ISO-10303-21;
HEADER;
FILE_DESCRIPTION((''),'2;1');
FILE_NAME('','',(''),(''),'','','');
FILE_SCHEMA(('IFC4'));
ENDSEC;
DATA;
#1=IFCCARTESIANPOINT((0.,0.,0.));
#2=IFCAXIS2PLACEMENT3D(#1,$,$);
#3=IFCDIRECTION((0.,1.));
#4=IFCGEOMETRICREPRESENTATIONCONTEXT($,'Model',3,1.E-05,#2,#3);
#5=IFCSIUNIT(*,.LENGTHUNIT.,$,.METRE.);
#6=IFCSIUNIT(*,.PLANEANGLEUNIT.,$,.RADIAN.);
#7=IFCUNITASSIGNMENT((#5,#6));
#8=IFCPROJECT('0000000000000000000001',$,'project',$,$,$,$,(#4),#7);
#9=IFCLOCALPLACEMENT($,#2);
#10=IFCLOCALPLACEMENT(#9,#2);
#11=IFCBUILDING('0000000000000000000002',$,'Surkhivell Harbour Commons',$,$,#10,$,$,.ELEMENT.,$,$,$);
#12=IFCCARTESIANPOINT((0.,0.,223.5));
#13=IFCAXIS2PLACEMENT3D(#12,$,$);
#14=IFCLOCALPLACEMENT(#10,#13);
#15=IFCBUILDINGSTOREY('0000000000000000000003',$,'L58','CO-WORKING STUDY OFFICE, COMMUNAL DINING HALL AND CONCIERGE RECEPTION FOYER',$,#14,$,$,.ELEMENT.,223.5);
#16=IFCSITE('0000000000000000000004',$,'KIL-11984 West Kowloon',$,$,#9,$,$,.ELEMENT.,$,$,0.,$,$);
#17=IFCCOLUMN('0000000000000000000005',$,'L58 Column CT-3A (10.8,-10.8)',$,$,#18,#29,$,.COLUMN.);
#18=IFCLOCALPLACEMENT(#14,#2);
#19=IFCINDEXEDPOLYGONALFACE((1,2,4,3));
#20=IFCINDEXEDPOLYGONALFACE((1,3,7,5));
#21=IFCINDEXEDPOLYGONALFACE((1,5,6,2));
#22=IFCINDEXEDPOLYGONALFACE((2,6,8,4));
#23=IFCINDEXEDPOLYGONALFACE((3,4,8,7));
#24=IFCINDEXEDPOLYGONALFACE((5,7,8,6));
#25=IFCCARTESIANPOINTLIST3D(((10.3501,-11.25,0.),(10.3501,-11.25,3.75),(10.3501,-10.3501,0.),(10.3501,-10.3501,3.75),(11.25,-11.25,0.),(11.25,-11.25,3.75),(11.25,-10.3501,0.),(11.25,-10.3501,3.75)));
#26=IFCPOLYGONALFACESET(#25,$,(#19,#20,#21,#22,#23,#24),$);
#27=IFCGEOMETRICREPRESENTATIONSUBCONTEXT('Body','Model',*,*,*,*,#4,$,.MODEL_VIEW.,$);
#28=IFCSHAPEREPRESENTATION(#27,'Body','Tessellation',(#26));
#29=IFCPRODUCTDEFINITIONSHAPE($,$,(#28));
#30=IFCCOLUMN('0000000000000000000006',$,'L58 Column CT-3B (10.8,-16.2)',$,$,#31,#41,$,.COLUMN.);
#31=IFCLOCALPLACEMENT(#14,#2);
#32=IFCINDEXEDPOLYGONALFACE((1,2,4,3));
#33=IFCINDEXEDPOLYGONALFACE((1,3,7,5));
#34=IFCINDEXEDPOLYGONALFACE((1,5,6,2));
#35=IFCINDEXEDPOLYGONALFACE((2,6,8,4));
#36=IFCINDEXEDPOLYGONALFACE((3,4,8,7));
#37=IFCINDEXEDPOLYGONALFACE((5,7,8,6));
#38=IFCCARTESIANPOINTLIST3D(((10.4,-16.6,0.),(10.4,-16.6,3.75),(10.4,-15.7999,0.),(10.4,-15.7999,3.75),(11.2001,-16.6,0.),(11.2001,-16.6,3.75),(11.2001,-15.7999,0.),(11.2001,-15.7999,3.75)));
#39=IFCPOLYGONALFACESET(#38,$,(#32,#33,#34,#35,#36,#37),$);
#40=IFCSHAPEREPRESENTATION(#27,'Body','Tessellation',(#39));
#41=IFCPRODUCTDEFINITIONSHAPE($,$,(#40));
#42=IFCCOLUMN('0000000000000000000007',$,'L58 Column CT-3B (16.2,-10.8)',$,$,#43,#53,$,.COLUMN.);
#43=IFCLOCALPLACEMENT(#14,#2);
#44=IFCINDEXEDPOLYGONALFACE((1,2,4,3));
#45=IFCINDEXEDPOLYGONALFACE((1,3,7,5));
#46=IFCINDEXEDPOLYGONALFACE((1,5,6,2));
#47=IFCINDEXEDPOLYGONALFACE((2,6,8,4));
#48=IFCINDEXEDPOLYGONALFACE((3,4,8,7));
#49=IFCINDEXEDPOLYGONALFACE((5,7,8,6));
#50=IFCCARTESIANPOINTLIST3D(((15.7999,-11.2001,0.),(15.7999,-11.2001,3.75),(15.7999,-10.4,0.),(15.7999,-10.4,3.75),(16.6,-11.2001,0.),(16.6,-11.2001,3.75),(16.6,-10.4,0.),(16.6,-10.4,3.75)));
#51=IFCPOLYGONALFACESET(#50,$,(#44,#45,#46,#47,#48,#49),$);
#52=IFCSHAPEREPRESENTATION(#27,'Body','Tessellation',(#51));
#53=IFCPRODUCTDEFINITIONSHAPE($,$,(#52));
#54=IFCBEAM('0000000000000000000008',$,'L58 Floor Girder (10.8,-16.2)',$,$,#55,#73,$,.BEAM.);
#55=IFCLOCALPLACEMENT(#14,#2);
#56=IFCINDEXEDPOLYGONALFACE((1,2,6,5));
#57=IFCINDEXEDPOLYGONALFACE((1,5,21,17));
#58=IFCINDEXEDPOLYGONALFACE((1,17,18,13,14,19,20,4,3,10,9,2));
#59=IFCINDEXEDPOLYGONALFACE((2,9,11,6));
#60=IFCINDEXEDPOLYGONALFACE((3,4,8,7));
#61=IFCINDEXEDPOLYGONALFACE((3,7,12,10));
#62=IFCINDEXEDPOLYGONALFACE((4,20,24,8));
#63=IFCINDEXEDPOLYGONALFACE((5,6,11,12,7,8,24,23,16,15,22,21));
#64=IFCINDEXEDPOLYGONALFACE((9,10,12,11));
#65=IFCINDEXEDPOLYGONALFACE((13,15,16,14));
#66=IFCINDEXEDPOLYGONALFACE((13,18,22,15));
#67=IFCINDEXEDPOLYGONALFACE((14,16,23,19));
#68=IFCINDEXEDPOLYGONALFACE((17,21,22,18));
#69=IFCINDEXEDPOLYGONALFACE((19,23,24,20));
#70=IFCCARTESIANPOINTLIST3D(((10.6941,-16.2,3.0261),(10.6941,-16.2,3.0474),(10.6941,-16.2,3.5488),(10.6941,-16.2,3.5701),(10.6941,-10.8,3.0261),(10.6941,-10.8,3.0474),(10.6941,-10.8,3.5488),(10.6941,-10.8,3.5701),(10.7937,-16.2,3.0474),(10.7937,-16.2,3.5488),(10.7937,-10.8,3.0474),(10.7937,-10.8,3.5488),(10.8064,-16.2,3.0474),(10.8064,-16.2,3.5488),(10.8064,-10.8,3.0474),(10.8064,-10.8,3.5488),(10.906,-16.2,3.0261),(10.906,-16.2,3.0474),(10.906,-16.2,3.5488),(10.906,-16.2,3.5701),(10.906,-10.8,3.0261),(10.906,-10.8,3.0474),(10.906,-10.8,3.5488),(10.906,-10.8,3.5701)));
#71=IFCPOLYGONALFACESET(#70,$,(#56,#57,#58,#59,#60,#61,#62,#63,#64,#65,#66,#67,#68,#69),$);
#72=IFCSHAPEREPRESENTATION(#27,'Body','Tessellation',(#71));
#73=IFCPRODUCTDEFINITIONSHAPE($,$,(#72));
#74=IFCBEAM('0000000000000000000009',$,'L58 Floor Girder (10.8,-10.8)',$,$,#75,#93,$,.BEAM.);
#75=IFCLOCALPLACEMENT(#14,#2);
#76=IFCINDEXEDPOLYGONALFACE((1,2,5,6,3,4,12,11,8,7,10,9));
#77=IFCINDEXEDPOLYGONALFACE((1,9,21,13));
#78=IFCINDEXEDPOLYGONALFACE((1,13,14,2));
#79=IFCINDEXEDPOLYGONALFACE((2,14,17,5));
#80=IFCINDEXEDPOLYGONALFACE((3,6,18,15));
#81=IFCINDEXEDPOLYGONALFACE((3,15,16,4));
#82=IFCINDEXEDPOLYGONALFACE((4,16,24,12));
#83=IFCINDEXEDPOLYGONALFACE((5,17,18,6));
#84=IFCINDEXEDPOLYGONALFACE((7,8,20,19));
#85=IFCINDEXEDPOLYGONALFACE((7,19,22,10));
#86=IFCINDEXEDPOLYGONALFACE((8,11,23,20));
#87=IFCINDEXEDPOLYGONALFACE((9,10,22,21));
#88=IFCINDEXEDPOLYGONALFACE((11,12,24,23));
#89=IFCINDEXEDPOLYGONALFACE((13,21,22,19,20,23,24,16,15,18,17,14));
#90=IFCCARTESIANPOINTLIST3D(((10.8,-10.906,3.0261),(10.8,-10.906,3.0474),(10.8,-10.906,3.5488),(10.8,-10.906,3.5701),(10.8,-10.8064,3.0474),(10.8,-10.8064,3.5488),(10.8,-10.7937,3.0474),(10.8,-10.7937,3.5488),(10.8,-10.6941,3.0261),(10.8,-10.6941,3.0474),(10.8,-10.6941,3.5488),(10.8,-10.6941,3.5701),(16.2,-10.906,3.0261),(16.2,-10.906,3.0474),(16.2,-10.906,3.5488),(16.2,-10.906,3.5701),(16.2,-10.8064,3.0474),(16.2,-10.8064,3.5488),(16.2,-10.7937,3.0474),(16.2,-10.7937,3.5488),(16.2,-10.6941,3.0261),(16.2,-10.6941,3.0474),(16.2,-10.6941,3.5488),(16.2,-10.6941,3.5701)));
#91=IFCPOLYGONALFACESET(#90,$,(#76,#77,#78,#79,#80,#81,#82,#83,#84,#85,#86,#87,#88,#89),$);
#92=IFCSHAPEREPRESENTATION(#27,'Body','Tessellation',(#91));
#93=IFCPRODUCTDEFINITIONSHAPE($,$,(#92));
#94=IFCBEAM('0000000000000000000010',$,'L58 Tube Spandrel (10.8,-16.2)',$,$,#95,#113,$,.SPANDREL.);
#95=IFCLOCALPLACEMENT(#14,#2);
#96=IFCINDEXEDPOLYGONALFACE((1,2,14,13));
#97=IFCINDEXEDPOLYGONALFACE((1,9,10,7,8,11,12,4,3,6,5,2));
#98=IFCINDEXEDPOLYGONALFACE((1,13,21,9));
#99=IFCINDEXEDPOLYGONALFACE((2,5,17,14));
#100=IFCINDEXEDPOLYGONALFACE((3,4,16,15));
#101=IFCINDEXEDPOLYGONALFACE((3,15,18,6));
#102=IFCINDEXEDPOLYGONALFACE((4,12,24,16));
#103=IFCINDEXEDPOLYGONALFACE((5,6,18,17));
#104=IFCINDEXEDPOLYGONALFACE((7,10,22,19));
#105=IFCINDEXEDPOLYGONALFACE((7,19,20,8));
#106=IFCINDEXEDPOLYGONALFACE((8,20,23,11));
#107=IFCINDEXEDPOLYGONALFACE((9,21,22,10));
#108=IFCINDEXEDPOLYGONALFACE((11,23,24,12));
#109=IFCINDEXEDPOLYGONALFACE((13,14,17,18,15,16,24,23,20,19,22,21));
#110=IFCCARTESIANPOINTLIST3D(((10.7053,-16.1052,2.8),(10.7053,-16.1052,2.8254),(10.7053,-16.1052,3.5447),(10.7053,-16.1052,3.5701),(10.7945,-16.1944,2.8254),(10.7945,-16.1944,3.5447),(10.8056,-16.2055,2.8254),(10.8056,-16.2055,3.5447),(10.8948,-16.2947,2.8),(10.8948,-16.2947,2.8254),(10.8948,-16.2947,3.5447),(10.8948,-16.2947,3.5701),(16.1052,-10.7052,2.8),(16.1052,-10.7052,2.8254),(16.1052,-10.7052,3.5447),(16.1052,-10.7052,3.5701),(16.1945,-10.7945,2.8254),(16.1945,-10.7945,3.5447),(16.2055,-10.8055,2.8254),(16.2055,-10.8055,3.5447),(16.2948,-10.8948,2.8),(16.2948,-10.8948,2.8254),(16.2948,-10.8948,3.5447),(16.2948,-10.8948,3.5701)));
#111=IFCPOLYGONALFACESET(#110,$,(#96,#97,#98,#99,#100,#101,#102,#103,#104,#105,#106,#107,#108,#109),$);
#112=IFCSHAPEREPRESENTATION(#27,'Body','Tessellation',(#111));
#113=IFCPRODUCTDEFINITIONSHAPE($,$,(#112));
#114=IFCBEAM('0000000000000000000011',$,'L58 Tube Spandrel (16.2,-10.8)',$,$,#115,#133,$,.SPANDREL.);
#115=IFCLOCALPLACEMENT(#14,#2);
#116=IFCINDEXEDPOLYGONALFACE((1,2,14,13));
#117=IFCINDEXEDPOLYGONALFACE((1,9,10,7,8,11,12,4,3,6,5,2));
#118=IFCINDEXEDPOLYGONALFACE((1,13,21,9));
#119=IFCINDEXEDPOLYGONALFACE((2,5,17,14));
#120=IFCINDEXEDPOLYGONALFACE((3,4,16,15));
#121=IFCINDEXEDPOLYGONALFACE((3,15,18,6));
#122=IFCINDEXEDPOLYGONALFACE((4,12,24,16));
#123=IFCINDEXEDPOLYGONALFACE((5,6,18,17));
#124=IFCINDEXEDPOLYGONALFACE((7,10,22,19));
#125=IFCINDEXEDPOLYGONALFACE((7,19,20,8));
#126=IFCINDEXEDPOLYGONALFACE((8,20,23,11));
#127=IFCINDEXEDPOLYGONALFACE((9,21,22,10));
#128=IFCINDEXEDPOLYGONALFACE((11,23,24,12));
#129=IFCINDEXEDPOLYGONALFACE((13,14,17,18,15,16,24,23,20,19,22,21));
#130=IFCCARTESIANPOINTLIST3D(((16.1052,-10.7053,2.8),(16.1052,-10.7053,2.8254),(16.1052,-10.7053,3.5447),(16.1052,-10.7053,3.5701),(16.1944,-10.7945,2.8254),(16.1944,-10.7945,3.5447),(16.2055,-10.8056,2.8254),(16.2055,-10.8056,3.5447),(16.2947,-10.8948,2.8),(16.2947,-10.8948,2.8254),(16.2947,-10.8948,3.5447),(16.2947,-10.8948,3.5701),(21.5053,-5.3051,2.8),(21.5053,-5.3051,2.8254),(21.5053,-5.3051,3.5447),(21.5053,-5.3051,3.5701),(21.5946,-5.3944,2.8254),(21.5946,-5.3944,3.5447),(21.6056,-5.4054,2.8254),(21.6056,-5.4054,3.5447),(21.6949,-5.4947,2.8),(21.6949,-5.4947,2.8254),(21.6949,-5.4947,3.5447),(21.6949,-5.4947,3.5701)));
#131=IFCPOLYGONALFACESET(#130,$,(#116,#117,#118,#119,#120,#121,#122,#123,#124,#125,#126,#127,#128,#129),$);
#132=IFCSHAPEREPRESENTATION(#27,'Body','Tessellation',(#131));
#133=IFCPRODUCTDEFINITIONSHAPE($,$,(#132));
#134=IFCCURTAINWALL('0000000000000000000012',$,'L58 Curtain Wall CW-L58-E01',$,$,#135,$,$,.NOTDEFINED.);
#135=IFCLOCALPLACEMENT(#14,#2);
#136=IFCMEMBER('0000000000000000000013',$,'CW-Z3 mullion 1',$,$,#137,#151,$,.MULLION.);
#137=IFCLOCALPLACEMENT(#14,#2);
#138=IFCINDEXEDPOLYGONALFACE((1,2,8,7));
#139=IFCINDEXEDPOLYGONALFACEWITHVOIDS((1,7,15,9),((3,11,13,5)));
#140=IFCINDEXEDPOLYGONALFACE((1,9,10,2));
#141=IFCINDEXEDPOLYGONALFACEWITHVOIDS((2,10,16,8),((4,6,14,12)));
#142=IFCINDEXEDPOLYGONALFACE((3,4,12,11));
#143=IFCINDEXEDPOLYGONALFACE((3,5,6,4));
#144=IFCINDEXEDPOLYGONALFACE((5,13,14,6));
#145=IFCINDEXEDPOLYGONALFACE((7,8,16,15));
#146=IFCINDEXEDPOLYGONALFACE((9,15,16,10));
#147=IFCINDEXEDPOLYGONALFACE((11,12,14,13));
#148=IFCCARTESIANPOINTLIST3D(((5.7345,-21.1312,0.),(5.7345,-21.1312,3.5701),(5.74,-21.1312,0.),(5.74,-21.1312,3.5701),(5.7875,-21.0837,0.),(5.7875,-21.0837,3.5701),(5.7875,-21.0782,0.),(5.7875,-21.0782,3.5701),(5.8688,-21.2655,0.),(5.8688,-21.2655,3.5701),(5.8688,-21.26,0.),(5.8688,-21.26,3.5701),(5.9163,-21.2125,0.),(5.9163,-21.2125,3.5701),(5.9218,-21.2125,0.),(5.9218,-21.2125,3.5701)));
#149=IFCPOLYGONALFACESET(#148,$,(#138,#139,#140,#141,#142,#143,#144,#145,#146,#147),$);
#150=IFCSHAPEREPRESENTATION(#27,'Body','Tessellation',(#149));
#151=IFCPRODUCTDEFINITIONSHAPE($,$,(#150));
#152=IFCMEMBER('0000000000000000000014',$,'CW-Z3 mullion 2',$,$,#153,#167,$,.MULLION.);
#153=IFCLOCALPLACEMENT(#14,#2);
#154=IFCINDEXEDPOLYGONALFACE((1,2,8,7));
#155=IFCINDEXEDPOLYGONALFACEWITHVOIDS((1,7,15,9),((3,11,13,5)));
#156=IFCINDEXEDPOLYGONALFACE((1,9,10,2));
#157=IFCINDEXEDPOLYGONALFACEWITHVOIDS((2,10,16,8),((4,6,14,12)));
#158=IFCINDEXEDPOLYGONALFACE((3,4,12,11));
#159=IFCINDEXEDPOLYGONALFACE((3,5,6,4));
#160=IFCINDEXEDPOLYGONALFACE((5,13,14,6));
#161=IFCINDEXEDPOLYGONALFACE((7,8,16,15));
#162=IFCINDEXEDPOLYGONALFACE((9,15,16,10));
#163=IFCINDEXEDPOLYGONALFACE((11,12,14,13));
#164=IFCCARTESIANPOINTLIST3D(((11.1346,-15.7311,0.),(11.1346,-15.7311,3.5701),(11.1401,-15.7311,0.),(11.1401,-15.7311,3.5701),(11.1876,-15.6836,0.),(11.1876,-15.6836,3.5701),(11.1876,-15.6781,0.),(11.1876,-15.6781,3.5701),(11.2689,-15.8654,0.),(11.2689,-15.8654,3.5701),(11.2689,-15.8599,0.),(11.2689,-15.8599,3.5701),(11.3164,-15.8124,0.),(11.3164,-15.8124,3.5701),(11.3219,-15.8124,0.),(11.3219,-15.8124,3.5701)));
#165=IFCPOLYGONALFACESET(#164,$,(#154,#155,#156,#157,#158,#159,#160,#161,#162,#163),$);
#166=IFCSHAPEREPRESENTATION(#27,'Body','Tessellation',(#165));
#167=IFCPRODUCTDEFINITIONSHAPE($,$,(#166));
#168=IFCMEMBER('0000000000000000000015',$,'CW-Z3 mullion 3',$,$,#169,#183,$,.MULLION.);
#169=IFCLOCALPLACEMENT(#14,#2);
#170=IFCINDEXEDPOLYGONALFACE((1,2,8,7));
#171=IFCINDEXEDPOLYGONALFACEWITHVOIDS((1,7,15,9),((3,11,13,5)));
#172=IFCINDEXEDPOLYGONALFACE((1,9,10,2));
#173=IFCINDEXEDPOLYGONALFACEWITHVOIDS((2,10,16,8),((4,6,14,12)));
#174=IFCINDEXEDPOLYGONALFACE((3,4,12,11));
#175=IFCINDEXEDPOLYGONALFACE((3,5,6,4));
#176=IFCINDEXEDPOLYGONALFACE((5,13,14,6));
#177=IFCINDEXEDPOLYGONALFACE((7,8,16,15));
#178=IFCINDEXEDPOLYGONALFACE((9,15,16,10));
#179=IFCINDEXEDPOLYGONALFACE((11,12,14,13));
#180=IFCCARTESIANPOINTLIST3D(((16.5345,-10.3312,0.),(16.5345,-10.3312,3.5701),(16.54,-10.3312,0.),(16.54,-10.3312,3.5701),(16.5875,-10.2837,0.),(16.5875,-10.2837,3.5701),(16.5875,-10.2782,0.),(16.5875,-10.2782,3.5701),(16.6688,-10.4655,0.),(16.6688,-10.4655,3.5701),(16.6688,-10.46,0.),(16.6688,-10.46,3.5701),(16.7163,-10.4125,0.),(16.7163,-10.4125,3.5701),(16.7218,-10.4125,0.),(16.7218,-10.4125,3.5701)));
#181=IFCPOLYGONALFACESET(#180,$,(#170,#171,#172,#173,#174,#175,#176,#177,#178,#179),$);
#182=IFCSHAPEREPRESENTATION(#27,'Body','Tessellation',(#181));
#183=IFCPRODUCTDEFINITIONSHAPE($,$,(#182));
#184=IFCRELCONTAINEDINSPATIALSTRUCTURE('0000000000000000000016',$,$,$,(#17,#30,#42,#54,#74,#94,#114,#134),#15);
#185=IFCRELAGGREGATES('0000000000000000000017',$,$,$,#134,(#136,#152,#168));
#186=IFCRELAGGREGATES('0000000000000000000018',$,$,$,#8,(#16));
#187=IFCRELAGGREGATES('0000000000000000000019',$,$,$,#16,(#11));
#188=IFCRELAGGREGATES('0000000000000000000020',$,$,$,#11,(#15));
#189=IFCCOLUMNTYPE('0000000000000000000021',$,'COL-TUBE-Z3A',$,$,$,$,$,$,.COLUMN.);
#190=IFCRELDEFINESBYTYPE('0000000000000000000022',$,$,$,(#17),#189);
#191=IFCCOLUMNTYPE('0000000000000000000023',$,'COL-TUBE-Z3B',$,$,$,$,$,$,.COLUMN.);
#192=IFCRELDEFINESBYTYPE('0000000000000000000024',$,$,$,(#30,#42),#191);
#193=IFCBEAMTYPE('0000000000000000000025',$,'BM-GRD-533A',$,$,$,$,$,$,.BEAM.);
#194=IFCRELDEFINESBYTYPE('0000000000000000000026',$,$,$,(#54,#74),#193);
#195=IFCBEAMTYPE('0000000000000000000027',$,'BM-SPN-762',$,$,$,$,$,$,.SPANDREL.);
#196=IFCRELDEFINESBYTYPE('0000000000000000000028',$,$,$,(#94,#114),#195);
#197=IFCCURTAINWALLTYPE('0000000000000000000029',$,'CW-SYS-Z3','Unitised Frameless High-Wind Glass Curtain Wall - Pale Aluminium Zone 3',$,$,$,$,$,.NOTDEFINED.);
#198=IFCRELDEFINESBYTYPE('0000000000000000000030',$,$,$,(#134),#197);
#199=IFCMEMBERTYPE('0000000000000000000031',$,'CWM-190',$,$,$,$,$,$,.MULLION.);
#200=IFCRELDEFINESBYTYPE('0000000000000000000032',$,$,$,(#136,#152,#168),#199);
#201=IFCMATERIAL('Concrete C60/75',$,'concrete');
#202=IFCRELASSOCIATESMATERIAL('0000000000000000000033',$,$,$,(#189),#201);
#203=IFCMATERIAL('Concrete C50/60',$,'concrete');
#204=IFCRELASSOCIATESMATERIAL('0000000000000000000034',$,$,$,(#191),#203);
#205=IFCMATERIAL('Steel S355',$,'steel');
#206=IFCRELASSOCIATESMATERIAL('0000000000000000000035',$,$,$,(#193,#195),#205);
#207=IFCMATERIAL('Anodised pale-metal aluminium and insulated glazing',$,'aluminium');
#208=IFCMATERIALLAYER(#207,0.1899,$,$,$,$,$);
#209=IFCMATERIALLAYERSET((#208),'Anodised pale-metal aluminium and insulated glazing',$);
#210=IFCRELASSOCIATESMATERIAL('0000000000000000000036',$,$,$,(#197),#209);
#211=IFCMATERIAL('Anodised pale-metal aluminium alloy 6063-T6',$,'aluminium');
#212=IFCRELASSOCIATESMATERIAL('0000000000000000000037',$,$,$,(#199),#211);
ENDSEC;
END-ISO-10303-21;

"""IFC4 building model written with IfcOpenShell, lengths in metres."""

from ifc_helpers import new_model, si_unit, direction, frame, origin, origin_2d, place, context, subcontext, project, spatial, rectangle, hollow_rectangle, i_section, extrude, material, layer, layer_set, material_profile, profile_set, type_object, element, aggregate, save


model = new_model("IFC4")

# Units and contexts
model_context = context("Model", 3, precision=1e-05, world=origin(), true_north=direction((0.0, 1.0)))
body_context = subcontext(model_context, "Body", "Model", "MODEL_VIEW")
ifc_project = project(units=[si_unit("LENGTHUNIT", "METRE"), si_unit("PLANEANGLEUNIT", "RADIAN")], contexts=[model_context])

# Site, building, storey
site_placement = place(None, origin())
site = spatial("IfcSite", under=ifc_project, at=site_placement, Name="KIL-11984 West Kowloon", CompositionType="ELEMENT", RefElevation=0.0)
building_placement = place(site_placement, origin())
building = spatial("IfcBuilding", under=site, at=building_placement, Name="Surkhivell Harbour Commons", CompositionType="ELEMENT")
storey_placement = place(building_placement, frame((0.0, 0.0, 223.5)))
storey = spatial("IfcBuildingStorey", under=building, at=storey_placement, Name="L58", Description="CO-WORKING STUDY OFFICE, COMMUNAL DINING HALL AND CONCIERGE RECEPTION FOYER", CompositionType="ELEMENT", Elevation=223.5)

# Columns
ifc_material_1 = material(Name="Concrete C60/75", Category="concrete")
ifc_material_profile_1 = material_profile(ifc_material_1, rectangle(XDim=0.8999, YDim=0.8999, at=origin_2d()), Name="RC-COL-900x900")
ifc_profile_set_1 = profile_set([ifc_material_profile_1], Name="Concrete C60/75")
column_type_1 = type_object("IfcColumnType", Name="COL-TUBE-Z3A", PredefinedType="COLUMN", material=ifc_profile_set_1)
column_placement = place(storey_placement, frame((10.8, -10.8, 0.0), z_axis=(0.0, 0.0, 1.0), x_axis=(1.0, 0.0, 0.0)))
element("IfcColumn", 1, at=column_placement, inside=storey, type_object=column_type_1, Name="L58 Column CT-3A (10.8,-10.8)", PredefinedType="COLUMN", context=body_context, shape_type="SweptSolid", body=[
    extrude(rectangle(XDim=0.8999, YDim=0.8999, at=origin_2d()), origin(), (0.0, 0.0, 1.0), 3.75),
])
ifc_material_2 = material(Name="Concrete C50/60", Category="concrete")
ifc_material_profile_2 = material_profile(ifc_material_2, rectangle(XDim=0.8, YDim=0.8, at=origin_2d()), Name="RC-COL-800x800")
ifc_profile_set_2 = profile_set([ifc_material_profile_2], Name="Concrete C50/60")
column_type_2 = type_object("IfcColumnType", Name="COL-TUBE-Z3B", PredefinedType="COLUMN", material=ifc_profile_set_2)
for number, where, z_axis, x_axis, name in (
    (2, (10.8, -16.2, 0.0), (0.0, 0.0, 1.0), (1.0, 0.0, 0.0), "L58 Column CT-3B (10.8,-16.2)"),
    (3, (16.2, -10.8, 0.0), (0.0, 0.0, 1.0), (1.0, 0.0, 0.0), "L58 Column CT-3B (16.2,-10.8)"),
):
    element("IfcColumn", number, at=place(storey_placement, frame(where, z_axis=z_axis, x_axis=x_axis)), inside=storey, type_object=column_type_2, Name=name, PredefinedType="COLUMN", context=body_context, shape_type="SweptSolid", body=[
        extrude(rectangle(XDim=0.8, YDim=0.8, at=origin_2d()), origin(), (0.0, 0.0, 1.0), 3.75),
    ])

# Beams
ifc_material_3 = material(Name="Steel S355", Category="steel")
ifc_material_profile_3 = material_profile(ifc_material_3, i_section(OverallWidth=0.2119, OverallDepth=0.5439, WebThickness=0.0127, FlangeThickness=0.0212, at=origin_2d()), Name="UB533x210x122")
ifc_profile_set_3 = profile_set([ifc_material_profile_3], Name="Steel S355")
beam_type_1 = type_object("IfcBeamType", Name="BM-GRD-533A", PredefinedType="BEAM", material=ifc_profile_set_3)
for number, where, z_axis, x_axis, name in (
    (4, (10.8, -16.2, 3.2981), (0.0, 1.0, 0.0), (-1.0, 0.0, 0.0), "L58 Floor Girder (10.8,-16.2)"),
    (5, (10.8, -10.8, 3.2981), (1.0, 0.0, 0.0), (0.0, 1.0, 0.0), "L58 Floor Girder (10.8,-10.8)"),
):
    element("IfcBeam", number, at=place(storey_placement, frame(where, z_axis=z_axis, x_axis=x_axis)), inside=storey, type_object=beam_type_1, Name=name, PredefinedType="BEAM", context=body_context, shape_type="SweptSolid", body=[
        extrude(i_section(OverallWidth=0.2119, OverallDepth=0.5439, WebThickness=0.0127, FlangeThickness=0.0212, at=origin_2d()), origin(), (0.0, 0.0, 1.0), 5.3999),
    ])
ifc_material_profile_4 = material_profile(ifc_material_3, i_section(OverallWidth=0.2681, OverallDepth=0.77, WebThickness=0.0156, FlangeThickness=0.0254, at=origin_2d()), Name="UB762x267x197")
ifc_profile_set_4 = profile_set([ifc_material_profile_4], Name="Steel S355")
beam_type_2 = type_object("IfcBeamType", Name="BM-SPN-762", PredefinedType="SPANDREL", material=ifc_profile_set_4)
beam_1_placement = place(storey_placement, frame((10.8, -16.2, 3.1851), z_axis=(0.707107, 0.707107, 0.0), x_axis=(-0.707107, 0.707107, 0.0)))
element("IfcBeam", 6, at=beam_1_placement, inside=storey, type_object=beam_type_2, Name="L58 Tube Spandrel (10.8,-16.2)", PredefinedType="SPANDREL", context=body_context, shape_type="SweptSolid", body=[
    extrude(i_section(OverallWidth=0.2681, OverallDepth=0.77, WebThickness=0.0156, FlangeThickness=0.0254, at=origin_2d()), origin(), (0.0, 0.0, 1.0), 7.6367),
])
beam_2_placement = place(storey_placement, frame((16.2, -10.8, 3.1851), z_axis=(0.707107, 0.707107, 0.0), x_axis=(-0.707107, 0.707107, 0.0)))
element("IfcBeam", 7, at=beam_2_placement, inside=storey, type_object=beam_type_2, Name="L58 Tube Spandrel (16.2,-10.8)", PredefinedType="SPANDREL", context=body_context, shape_type="SweptSolid", body=[
    extrude(i_section(OverallWidth=0.2681, OverallDepth=0.77, WebThickness=0.0156, FlangeThickness=0.0254, at=origin_2d()), origin(), (0.0, 0.0, 1.0), 7.637),
])

# Curtain wall, members
ifc_material_4 = material(Name="Anodised pale-metal aluminium and insulated glazing", Category="aluminium")
ifc_layer_1 = layer(ifc_material_4, 0.1899)
ifc_layer_set_1 = layer_set([ifc_layer_1], Name="Anodised pale-metal aluminium and insulated glazing")
curtain_wall_type = type_object("IfcCurtainWallType", Name="CW-SYS-Z3", Description="Unitised Frameless High-Wind Glass Curtain Wall - Pale Aluminium Zone 3", PredefinedType="NOTDEFINED", material=ifc_layer_set_1)
curtain_wall_placement = place(storey_placement, origin())
curtain_wall = element("IfcCurtainWall", 8, at=curtain_wall_placement, inside=storey, type_object=curtain_wall_type, Name="L58 Curtain Wall CW-L58-E01", PredefinedType="NOTDEFINED")
ifc_material_5 = material(Name="Anodised pale-metal aluminium alloy 6063-T6", Category="aluminium")
ifc_material_profile_5 = material_profile(ifc_material_5, hollow_rectangle(XDim=0.075, YDim=0.1899, WallThickness=0.0039, at=origin_2d()), Name="ALU-MULL-75x190")
ifc_profile_set_5 = profile_set([ifc_material_profile_5], Name="Anodised pale-metal aluminium alloy 6063-T6")
member_type_1 = type_object("IfcMemberType", Name="CWM-190", PredefinedType="MULLION", material=ifc_profile_set_5)
member_1_placement = place(storey_placement, frame((5.8281, -21.1719, 0.0), z_axis=(0.0, 0.0, 1.0), x_axis=(0.707107, 0.707107, 0.0)))
member_1 = element("IfcMember", 9, at=member_1_placement, type_object=member_type_1, Name="CW-Z3 mullion 1", PredefinedType="MULLION", context=body_context, shape_type="SweptSolid", body=[
    extrude(hollow_rectangle(XDim=0.075, YDim=0.1899, WallThickness=0.0039, at=origin_2d()), origin(), (0.0, 0.0, 1.0), 3.5701),
])
member_2_placement = place(storey_placement, frame((11.2283, -15.7717, 0.0), z_axis=(0.0, 0.0, 1.0), x_axis=(0.707107, 0.707107, 0.0)))
member_2 = element("IfcMember", 10, at=member_2_placement, type_object=member_type_1, Name="CW-Z3 mullion 2", PredefinedType="MULLION", context=body_context, shape_type="SweptSolid", body=[
    extrude(hollow_rectangle(XDim=0.075, YDim=0.1899, WallThickness=0.0039, at=origin_2d()), origin(), (0.0, 0.0, 1.0), 3.5701),
])
member_3_placement = place(storey_placement, frame((16.6282, -10.3718, 0.0), z_axis=(0.0, 0.0, 1.0), x_axis=(0.707107, 0.707107, 0.0)))
member_3 = element("IfcMember", 11, at=member_3_placement, type_object=member_type_1, Name="CW-Z3 mullion 3", PredefinedType="MULLION", context=body_context, shape_type="SweptSolid", body=[
    extrude(hollow_rectangle(XDim=0.075, YDim=0.1899, WallThickness=0.0039, at=origin_2d()), origin(), (0.0, 0.0, 1.0), 3.5701),
])
aggregate(curtain_wall, [member_1, member_2, member_3])

save(model, "model.ifc")
